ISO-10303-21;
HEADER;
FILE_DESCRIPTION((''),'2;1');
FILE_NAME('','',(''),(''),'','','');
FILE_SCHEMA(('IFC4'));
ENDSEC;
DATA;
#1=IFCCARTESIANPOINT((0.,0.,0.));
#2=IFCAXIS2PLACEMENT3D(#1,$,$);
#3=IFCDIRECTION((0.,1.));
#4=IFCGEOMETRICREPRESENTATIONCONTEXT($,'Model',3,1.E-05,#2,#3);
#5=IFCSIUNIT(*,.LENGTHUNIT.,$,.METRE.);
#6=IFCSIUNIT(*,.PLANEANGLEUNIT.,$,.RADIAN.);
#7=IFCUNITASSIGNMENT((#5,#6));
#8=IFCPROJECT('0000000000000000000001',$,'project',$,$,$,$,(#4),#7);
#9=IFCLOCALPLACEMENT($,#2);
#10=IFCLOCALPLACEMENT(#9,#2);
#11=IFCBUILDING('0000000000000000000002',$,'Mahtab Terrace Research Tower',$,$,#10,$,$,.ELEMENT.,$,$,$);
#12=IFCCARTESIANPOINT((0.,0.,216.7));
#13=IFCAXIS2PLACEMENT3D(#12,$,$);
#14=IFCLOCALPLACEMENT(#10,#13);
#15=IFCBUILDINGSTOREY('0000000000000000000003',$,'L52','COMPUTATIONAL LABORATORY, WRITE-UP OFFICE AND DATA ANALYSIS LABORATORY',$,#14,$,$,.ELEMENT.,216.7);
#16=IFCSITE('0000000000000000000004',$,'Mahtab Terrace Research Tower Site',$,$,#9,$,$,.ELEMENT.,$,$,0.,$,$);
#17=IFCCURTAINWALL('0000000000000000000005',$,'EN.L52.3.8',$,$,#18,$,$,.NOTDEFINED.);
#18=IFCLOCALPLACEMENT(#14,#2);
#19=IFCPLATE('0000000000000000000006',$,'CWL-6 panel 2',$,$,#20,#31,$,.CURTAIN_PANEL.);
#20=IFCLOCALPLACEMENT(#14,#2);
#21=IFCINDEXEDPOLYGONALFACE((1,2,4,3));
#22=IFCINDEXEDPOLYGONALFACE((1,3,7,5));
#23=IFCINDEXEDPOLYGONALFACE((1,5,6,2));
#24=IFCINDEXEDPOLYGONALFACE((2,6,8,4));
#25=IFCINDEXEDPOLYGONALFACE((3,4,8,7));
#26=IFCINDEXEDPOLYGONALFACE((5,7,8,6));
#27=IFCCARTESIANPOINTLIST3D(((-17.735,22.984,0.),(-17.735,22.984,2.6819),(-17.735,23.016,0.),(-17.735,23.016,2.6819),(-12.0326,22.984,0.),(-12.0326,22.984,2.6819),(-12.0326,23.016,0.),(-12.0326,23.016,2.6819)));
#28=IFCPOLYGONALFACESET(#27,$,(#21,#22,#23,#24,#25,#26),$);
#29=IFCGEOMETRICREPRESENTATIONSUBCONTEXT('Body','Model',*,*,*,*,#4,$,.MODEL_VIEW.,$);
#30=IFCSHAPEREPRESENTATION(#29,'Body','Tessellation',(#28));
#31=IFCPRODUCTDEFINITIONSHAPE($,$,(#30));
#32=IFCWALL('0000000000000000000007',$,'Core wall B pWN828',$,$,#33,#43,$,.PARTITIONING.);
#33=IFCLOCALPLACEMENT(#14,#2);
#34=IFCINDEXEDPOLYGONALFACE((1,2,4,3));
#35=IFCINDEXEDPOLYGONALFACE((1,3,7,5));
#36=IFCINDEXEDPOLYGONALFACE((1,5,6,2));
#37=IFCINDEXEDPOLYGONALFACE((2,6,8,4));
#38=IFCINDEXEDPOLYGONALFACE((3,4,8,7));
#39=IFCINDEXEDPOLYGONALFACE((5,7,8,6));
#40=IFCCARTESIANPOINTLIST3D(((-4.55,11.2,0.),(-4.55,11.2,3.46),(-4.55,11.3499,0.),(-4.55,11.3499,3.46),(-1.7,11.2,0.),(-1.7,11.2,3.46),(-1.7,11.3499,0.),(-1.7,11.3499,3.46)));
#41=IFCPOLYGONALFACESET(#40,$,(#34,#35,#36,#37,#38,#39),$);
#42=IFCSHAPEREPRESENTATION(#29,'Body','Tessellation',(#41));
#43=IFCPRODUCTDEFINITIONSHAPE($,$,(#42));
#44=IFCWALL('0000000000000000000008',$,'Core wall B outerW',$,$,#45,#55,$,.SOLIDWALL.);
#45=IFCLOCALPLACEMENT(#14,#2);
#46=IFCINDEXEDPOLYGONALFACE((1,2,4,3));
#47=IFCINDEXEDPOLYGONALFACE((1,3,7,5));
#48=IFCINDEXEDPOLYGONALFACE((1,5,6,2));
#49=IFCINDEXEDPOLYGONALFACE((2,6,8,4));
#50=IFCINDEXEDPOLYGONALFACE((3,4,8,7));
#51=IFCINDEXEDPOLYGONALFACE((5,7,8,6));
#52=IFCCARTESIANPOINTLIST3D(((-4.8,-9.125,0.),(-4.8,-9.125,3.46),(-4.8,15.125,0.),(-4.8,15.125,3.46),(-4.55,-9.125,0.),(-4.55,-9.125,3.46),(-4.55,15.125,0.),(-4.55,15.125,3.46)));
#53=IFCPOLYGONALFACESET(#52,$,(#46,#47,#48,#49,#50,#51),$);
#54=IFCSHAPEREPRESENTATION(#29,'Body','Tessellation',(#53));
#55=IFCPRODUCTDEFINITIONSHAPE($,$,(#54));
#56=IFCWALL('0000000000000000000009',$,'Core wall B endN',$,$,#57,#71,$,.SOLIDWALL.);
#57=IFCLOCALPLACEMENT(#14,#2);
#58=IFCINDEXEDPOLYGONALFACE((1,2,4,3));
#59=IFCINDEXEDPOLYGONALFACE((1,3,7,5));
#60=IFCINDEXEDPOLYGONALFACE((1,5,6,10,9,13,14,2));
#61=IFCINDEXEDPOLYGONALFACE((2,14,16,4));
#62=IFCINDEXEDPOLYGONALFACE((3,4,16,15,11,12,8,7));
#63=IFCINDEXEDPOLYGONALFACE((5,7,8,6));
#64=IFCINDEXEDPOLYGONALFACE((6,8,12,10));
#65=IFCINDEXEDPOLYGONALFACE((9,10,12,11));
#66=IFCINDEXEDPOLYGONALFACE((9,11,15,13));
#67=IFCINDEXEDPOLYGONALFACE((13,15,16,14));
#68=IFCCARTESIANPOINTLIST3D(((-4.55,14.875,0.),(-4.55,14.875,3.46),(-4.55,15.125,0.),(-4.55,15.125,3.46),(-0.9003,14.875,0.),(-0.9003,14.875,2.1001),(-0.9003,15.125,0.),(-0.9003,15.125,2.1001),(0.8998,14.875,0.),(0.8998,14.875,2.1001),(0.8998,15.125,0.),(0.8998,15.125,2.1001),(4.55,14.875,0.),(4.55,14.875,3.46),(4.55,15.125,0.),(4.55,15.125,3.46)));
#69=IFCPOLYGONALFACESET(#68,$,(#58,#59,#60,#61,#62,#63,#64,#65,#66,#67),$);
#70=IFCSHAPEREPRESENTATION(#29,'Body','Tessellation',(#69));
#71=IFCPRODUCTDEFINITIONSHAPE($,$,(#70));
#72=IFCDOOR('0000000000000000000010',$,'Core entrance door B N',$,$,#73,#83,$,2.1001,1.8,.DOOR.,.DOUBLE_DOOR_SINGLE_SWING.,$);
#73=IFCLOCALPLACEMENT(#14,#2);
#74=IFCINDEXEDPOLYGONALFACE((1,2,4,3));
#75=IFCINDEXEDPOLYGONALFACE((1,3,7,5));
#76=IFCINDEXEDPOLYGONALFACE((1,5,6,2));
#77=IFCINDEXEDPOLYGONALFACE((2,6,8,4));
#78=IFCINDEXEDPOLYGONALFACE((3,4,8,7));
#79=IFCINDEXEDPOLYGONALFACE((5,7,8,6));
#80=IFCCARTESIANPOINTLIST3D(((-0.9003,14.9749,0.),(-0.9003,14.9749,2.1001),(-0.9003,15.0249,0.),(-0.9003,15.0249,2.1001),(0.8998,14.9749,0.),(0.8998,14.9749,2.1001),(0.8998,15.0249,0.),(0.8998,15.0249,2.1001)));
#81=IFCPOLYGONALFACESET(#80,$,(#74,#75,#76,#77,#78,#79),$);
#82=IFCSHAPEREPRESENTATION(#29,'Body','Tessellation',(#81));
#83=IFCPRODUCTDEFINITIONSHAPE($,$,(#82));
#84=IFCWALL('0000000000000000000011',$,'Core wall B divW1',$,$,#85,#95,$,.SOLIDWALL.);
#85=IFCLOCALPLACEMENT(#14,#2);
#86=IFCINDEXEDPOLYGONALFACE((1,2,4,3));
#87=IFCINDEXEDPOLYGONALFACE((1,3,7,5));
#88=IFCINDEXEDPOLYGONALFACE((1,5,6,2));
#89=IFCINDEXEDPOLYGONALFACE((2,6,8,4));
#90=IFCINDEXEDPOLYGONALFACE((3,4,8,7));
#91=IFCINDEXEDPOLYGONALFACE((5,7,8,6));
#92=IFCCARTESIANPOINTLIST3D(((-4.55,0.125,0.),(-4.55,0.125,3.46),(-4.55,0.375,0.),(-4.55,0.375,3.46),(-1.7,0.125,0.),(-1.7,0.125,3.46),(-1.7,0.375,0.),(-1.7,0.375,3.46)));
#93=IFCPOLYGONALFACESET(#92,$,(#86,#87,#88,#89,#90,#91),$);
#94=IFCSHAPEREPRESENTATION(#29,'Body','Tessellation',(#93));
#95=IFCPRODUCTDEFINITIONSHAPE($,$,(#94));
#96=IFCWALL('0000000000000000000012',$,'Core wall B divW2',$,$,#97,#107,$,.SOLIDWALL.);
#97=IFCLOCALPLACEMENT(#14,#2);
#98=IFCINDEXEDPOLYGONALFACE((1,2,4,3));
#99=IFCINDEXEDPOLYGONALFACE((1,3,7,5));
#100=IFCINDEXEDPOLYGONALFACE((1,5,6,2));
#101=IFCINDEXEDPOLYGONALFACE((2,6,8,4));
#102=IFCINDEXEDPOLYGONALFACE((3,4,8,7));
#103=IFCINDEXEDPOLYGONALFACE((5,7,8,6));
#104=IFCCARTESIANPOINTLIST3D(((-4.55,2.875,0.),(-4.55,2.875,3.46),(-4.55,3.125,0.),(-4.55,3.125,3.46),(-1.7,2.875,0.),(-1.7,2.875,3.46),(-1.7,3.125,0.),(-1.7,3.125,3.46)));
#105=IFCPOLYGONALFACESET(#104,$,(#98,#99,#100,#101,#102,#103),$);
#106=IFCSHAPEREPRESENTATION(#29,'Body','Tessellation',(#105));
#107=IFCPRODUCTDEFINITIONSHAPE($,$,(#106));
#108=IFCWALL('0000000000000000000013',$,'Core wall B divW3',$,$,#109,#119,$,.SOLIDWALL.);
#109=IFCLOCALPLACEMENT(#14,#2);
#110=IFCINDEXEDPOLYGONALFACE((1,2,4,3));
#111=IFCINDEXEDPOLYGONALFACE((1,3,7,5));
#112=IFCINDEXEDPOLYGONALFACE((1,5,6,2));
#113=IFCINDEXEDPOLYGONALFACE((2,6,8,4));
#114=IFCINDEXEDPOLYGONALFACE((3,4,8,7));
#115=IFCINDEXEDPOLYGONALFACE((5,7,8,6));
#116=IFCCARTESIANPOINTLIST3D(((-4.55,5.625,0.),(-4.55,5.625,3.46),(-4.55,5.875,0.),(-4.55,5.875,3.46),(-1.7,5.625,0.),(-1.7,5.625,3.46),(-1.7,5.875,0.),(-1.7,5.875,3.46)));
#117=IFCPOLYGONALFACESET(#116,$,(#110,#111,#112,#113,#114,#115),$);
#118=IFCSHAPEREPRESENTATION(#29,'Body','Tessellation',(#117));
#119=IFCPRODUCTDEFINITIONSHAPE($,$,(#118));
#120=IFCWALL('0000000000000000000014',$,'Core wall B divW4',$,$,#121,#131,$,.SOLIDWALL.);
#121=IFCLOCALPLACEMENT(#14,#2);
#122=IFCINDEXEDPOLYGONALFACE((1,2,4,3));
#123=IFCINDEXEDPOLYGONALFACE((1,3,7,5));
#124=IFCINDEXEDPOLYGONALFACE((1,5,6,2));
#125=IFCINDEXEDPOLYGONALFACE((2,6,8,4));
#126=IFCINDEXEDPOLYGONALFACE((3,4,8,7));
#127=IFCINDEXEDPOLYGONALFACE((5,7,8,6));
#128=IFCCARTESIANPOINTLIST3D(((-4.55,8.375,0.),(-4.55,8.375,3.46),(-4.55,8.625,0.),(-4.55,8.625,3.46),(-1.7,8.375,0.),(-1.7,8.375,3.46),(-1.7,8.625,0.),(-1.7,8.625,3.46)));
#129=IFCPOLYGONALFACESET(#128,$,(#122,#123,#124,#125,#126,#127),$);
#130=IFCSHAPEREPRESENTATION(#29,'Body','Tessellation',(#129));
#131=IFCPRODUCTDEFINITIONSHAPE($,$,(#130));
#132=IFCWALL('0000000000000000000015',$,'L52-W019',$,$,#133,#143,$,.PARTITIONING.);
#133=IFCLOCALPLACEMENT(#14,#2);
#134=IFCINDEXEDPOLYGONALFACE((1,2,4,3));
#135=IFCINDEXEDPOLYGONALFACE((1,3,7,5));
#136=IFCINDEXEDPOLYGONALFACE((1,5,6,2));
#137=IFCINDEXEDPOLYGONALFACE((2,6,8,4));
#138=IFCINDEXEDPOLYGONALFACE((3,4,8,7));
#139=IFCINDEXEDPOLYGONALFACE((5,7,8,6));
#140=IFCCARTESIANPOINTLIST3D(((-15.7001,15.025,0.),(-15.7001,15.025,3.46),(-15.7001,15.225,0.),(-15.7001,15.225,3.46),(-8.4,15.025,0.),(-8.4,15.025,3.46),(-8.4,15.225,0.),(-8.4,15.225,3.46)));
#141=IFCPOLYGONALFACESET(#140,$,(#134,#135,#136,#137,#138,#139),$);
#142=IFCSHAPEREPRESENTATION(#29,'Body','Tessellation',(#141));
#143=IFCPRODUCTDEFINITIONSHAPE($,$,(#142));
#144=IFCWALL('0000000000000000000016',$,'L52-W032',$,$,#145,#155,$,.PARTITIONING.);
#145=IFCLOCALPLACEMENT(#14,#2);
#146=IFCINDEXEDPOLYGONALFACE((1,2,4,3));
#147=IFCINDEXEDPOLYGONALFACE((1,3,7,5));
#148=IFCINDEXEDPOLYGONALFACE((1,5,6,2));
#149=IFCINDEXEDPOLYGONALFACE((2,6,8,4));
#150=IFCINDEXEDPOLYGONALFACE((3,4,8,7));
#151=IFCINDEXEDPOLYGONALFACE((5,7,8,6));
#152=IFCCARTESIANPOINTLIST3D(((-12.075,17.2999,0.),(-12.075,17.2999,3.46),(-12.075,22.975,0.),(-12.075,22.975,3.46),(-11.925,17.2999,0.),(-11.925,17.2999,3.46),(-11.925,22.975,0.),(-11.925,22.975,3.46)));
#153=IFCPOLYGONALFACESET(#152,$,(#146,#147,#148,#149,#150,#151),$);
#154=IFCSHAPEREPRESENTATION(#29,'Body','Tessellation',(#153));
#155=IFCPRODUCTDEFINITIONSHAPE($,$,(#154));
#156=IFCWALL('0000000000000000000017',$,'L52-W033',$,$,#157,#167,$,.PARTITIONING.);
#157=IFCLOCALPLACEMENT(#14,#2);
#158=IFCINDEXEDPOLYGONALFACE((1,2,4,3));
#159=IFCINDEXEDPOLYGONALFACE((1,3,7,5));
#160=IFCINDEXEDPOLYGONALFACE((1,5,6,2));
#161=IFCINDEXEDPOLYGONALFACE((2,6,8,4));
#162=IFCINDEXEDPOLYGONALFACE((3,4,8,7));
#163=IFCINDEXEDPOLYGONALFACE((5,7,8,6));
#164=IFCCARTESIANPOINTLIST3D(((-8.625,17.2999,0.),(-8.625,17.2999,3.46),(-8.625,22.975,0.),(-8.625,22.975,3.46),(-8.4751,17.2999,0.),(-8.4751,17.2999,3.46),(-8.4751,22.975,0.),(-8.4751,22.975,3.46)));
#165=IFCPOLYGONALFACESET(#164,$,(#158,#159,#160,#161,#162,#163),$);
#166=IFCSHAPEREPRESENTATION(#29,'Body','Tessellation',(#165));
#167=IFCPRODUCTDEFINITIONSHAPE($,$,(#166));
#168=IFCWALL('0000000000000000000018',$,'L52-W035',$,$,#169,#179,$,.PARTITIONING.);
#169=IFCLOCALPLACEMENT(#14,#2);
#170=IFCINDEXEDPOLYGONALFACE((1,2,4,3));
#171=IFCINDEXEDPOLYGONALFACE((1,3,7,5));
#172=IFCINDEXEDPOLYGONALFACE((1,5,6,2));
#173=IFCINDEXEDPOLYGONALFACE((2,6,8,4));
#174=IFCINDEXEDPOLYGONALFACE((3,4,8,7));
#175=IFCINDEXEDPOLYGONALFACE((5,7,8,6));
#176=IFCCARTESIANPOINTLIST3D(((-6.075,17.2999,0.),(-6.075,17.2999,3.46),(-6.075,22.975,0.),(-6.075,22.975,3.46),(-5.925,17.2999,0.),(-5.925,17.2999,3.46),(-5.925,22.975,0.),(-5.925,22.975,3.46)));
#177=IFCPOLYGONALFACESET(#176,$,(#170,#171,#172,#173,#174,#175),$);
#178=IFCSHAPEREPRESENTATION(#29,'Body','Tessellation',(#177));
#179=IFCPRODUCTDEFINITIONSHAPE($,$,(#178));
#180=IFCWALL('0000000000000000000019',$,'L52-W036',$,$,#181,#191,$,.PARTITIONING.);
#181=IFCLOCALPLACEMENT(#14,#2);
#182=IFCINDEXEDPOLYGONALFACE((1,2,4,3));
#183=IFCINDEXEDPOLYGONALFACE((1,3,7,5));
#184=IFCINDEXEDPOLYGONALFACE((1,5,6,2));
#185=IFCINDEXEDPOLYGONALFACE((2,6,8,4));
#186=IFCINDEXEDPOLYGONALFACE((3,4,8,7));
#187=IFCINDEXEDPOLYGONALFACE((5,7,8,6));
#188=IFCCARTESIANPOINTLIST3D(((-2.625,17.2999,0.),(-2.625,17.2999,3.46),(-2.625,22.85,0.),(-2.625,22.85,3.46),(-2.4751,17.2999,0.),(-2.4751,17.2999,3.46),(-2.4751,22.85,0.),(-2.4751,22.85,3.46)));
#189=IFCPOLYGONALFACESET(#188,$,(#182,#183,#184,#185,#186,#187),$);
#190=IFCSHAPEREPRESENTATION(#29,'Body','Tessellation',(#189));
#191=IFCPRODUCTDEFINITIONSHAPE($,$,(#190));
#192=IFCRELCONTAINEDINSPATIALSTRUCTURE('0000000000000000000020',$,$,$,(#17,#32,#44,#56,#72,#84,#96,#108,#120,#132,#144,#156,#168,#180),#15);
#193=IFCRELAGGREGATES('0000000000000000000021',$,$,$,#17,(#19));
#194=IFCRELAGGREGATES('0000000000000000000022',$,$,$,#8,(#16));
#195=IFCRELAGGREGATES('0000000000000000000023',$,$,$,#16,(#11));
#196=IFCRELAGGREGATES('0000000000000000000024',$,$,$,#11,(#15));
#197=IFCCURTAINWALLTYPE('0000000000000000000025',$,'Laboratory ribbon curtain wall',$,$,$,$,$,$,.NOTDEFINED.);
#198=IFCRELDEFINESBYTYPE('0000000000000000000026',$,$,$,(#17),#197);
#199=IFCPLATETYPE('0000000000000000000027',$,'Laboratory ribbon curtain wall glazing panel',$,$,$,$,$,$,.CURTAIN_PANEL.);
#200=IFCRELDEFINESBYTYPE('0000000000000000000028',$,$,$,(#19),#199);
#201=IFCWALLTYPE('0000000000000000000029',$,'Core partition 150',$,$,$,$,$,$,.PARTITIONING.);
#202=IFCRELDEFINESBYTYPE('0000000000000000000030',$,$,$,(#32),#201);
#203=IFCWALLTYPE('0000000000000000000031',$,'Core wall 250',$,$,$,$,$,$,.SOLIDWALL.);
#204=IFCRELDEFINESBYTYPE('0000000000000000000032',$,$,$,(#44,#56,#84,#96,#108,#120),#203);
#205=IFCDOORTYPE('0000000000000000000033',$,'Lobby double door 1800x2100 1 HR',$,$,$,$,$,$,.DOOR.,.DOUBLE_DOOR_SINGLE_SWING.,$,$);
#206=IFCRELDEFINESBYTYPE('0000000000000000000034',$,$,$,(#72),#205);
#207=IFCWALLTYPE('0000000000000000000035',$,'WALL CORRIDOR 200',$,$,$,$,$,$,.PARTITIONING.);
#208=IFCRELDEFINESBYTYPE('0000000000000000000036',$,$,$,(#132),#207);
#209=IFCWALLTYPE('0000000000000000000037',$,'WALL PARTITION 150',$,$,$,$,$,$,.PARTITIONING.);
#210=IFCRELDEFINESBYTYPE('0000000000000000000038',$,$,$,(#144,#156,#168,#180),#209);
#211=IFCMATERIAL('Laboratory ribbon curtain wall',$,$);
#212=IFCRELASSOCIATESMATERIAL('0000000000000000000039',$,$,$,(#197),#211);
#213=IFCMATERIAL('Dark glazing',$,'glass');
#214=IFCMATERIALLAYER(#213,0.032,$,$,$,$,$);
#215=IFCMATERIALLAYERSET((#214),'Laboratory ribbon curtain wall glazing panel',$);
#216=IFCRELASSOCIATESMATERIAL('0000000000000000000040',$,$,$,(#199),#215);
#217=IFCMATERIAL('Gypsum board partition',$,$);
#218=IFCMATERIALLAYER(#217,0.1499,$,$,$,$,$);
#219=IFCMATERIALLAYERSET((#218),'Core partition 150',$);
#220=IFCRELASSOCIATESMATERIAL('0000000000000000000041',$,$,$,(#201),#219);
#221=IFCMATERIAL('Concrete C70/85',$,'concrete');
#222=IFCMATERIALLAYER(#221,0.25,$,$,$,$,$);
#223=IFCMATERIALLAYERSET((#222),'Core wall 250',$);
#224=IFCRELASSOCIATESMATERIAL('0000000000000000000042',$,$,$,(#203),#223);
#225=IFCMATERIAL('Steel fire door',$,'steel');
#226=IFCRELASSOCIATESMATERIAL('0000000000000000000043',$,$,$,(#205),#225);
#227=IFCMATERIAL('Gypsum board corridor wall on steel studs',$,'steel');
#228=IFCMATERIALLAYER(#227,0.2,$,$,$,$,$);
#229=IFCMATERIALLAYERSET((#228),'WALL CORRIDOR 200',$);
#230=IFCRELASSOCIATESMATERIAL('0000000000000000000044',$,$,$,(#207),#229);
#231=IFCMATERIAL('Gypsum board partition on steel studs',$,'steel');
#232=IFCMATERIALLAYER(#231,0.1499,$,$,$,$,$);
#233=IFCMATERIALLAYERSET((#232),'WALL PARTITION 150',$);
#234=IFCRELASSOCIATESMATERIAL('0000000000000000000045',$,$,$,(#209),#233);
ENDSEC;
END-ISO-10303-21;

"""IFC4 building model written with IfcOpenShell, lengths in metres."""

from ifc_helpers import new_model, si_unit, direction, frame, frame_2d, origin, origin_2d, place, context, subcontext, project, spatial, rectangle, extrude, material, layer, layer_set, type_object, element, fill, aggregate, save


model = new_model("IFC4")

# Units and contexts
model_context = context("Model", 3, precision=1e-05, world=origin(), true_north=direction((0.0, 1.0)))
body_context = subcontext(model_context, "Body", "Model", "MODEL_VIEW")
ifc_project = project(units=[si_unit("LENGTHUNIT", "METRE"), si_unit("PLANEANGLEUNIT", "RADIAN")], contexts=[model_context])

# Site, building, storey
site_placement = place(None, origin())
site = spatial("IfcSite", under=ifc_project, at=site_placement, Name="Mahtab Terrace Research Tower Site", CompositionType="ELEMENT", RefElevation=0.0)
building_placement = place(site_placement, origin())
building = spatial("IfcBuilding", under=site, at=building_placement, Name="Mahtab Terrace Research Tower", CompositionType="ELEMENT")
storey_placement = place(building_placement, frame((0.0, 0.0, 216.7)))
storey = spatial("IfcBuildingStorey", under=building, at=storey_placement, Name="L52", Description="COMPUTATIONAL LABORATORY, WRITE-UP OFFICE AND DATA ANALYSIS LABORATORY", CompositionType="ELEMENT", Elevation=216.7)

# Shared definitions
ifc_material_1 = material(Name="Concrete C70/85", Category="concrete")

# Curtain wall
ifc_material_2 = material(Name="Laboratory ribbon curtain wall")
curtain_wall_type = type_object("IfcCurtainWallType", Name="Laboratory ribbon curtain wall", PredefinedType="NOTDEFINED", material=ifc_material_2)
curtain_wall_placement = place(storey_placement, origin())
curtain_wall = element("IfcCurtainWall", 1, at=curtain_wall_placement, inside=storey, type_object=curtain_wall_type, Name="EN.L52.3.8", PredefinedType="NOTDEFINED")

# Plate
ifc_material_3 = material(Name="Dark glazing", Category="glass")
ifc_layer_1 = layer(ifc_material_3, 0.032)
ifc_layer_set_1 = layer_set([ifc_layer_1], Name="Laboratory ribbon curtain wall glazing panel")
plate_type = type_object("IfcPlateType", Name="Laboratory ribbon curtain wall glazing panel", PredefinedType="CURTAIN_PANEL", material=ifc_layer_set_1)
plate_1_placement = place(storey_placement, frame((-14.8838, 23.0, 0.0), z_axis=(0.0, 0.0, 1.0), x_axis=(-1.0, 0.0, 0.0)))
plate_1 = element("IfcPlate", 2, at=plate_1_placement, type_object=plate_type, Name="CWL-6 panel 2", PredefinedType="CURTAIN_PANEL", context=body_context, shape_type="SweptSolid", body=[
    extrude(rectangle(XDim=5.7024, YDim=0.032, at=origin_2d()), origin(), (0.0, 0.0, 1.0), 2.6819),
])
aggregate(curtain_wall, [plate_1])

# Walls
ifc_material_4 = material(Name="Gypsum board partition")
ifc_layer_2 = layer(ifc_material_4, 0.1499)
ifc_layer_set_2 = layer_set([ifc_layer_2], Name="Core partition 150")
wall_type_1 = type_object("IfcWallType", Name="Core partition 150", PredefinedType="PARTITIONING", material=ifc_layer_set_2)
wall_1_placement = place(storey_placement, frame((-4.55, 11.2749, 0.0), z_axis=(0.0, 0.0, 1.0), x_axis=(1.0, 0.0, 0.0)))
element("IfcWall", 3, at=wall_1_placement, inside=storey, type_object=wall_type_1, Name="Core wall B pWN828", PredefinedType="PARTITIONING", context=body_context, shape_type="SweptSolid", body=[
    extrude(rectangle(XDim=2.8501, YDim=0.1499, at=frame_2d((1.425, 0.0))), origin(), (0.0, 0.0, 1.0), 3.46),
])
ifc_layer_3 = layer(ifc_material_1, 0.25)
ifc_layer_set_3 = layer_set([ifc_layer_3], Name="Core wall 250")
wall_type_2 = type_object("IfcWallType", Name="Core wall 250", PredefinedType="SOLIDWALL", material=ifc_layer_set_3)
wall_2_placement = place(storey_placement, frame((-4.675, 15.125, 0.0), z_axis=(0.0, 0.0, 1.0), x_axis=(0.0, -1.0, 0.0)))
element("IfcWall", 4, at=wall_2_placement, inside=storey, type_object=wall_type_2, Name="Core wall B outerW", PredefinedType="SOLIDWALL", context=body_context, shape_type="SweptSolid", body=[
    extrude(rectangle(XDim=24.25, YDim=0.25, at=frame_2d((12.125, 0.0))), origin(), (0.0, 0.0, 1.0), 3.46),
])

# Wall, opening, door
wall_3_placement = place(storey_placement, frame((-4.55, 15.0, 0.0), z_axis=(0.0, 0.0, 1.0), x_axis=(1.0, 0.0, 0.0)))
wall_3 = element("IfcWall", 5, at=wall_3_placement, inside=storey, type_object=wall_type_2, Name="Core wall B endN", PredefinedType="SOLIDWALL", context=body_context, shape_type="SweptSolid", body=[
    extrude(rectangle(XDim=9.1001, YDim=0.25, at=frame_2d((4.55, 0.0))), origin(), (0.0, 0.0, 1.0), 3.46),
])
opening_placement = place(wall_3_placement, frame((3.6499, 0.0, 0.0)))
opening = element("IfcOpeningElement", 6, at=opening_placement, cuts=wall_3, PredefinedType="OPENING", context=body_context, shape_type="SweptSolid", body=[
    extrude(rectangle(XDim=1.8, YDim=2.1001, at=frame_2d((0.8999, 1.05))), frame((0.0, 0.135, 0.0), z_axis=(0.0, -1.0, 0.0), x_axis=(1.0, 0.0, 0.0)), (0.0, 0.0, 1.0), 0.27),
])
ifc_material_5 = material(Name="Steel fire door", Category="steel")
door_type = type_object("IfcDoorType", Name="Lobby double door 1800x2100 1 HR", OperationType="DOUBLE_DOOR_SINGLE_SWING", PredefinedType="DOOR", material=ifc_material_5)
door_placement = place(opening_placement, origin())
door = element("IfcDoor", 7, at=door_placement, inside=storey, type_object=door_type, Name="Core entrance door B N", OperationType="DOUBLE_DOOR_SINGLE_SWING", OverallHeight=2.1001, OverallWidth=1.8, PredefinedType="DOOR", context=body_context, shape_type="SweptSolid", body=[
    extrude(rectangle(XDim=1.8, YDim=2.1001, at=frame_2d((0.8999, 1.05))), frame((0.0, 0.0249, 0.0), z_axis=(0.0, -1.0, 0.0), x_axis=(1.0, 0.0, 0.0)), (0.0, 0.0, 1.0), 0.05),
])
fill(opening, door)

# Walls
for number, where, z_axis, x_axis, name in (
    (8, (-4.55, 0.25, 0.0), (0.0, 0.0, 1.0), (1.0, 0.0, 0.0), "Core wall B divW1"),
    (9, (-4.55, 3.0, 0.0), (0.0, 0.0, 1.0), (1.0, 0.0, 0.0), "Core wall B divW2"),
    (10, (-4.55, 5.75, 0.0), (0.0, 0.0, 1.0), (1.0, 0.0, 0.0), "Core wall B divW3"),
    (11, (-4.55, 8.5, 0.0), (0.0, 0.0, 1.0), (1.0, 0.0, 0.0), "Core wall B divW4"),
):
    element("IfcWall", number, at=place(storey_placement, frame(where, z_axis=z_axis, x_axis=x_axis)), inside=storey, type_object=wall_type_2, Name=name, PredefinedType="SOLIDWALL", context=body_context, shape_type="SweptSolid", body=[
        extrude(rectangle(XDim=2.8501, YDim=0.25, at=frame_2d((1.425, 0.0))), origin(), (0.0, 0.0, 1.0), 3.46),
    ])
ifc_material_6 = material(Name="Gypsum board corridor wall on steel studs", Category="steel")
ifc_layer_4 = layer(ifc_material_6, 0.2)
ifc_layer_set_4 = layer_set([ifc_layer_4], Name="WALL CORRIDOR 200")
wall_type_3 = type_object("IfcWallType", Name="WALL CORRIDOR 200", PredefinedType="PARTITIONING", material=ifc_layer_set_4)
wall_4_placement = place(storey_placement, frame((-15.7, 15.125, 0.0), z_axis=(0.0, 0.0, 1.0), x_axis=(1.0, 0.0, 0.0)))
element("IfcWall", 12, at=wall_4_placement, inside=storey, type_object=wall_type_3, Name="L52-W019", PredefinedType="PARTITIONING", context=body_context, shape_type="SweptSolid", body=[
    extrude(rectangle(XDim=7.3, YDim=0.2, at=frame_2d((3.6499, 0.0))), origin(), (0.0, 0.0, 1.0), 3.46),
])
ifc_material_7 = material(Name="Gypsum board partition on steel studs", Category="steel")
ifc_layer_5 = layer(ifc_material_7, 0.1499)
ifc_layer_set_5 = layer_set([ifc_layer_5], Name="WALL PARTITION 150")
wall_type_4 = type_object("IfcWallType", Name="WALL PARTITION 150", PredefinedType="PARTITIONING", material=ifc_layer_set_5)
for number, where, z_axis, x_axis, name in (
    (13, (-12.0, 17.3, 0.0), (0.0, 0.0, 1.0), (0.0, 1.0, 0.0), "L52-W032"),
    (14, (-8.55, 17.3, 0.0), (0.0, 0.0, 1.0), (0.0, 1.0, 0.0), "L52-W033"),
    (15, (-6.0, 17.3, 0.0), (0.0, 0.0, 1.0), (0.0, 1.0, 0.0), "L52-W035"),
):
    element("IfcWall", number, at=place(storey_placement, frame(where, z_axis=z_axis, x_axis=x_axis)), inside=storey, type_object=wall_type_4, Name=name, PredefinedType="PARTITIONING", context=body_context, shape_type="SweptSolid", body=[
        extrude(rectangle(XDim=5.675, YDim=0.1499, at=frame_2d((2.8374, 0.0))), origin(), (0.0, 0.0, 1.0), 3.46),
    ])
wall_5_placement = place(storey_placement, frame((-2.55, 17.3, 0.0), z_axis=(0.0, 0.0, 1.0), x_axis=(0.0, 1.0, 0.0)))
element("IfcWall", 16, at=wall_5_placement, inside=storey, type_object=wall_type_4, Name="L52-W036", PredefinedType="PARTITIONING", context=body_context, shape_type="SweptSolid", body=[
    extrude(rectangle(XDim=5.55, YDim=0.1499, at=frame_2d((2.7749, 0.0))), origin(), (0.0, 0.0, 1.0), 3.46),
])

save(model, "model.ifc")
